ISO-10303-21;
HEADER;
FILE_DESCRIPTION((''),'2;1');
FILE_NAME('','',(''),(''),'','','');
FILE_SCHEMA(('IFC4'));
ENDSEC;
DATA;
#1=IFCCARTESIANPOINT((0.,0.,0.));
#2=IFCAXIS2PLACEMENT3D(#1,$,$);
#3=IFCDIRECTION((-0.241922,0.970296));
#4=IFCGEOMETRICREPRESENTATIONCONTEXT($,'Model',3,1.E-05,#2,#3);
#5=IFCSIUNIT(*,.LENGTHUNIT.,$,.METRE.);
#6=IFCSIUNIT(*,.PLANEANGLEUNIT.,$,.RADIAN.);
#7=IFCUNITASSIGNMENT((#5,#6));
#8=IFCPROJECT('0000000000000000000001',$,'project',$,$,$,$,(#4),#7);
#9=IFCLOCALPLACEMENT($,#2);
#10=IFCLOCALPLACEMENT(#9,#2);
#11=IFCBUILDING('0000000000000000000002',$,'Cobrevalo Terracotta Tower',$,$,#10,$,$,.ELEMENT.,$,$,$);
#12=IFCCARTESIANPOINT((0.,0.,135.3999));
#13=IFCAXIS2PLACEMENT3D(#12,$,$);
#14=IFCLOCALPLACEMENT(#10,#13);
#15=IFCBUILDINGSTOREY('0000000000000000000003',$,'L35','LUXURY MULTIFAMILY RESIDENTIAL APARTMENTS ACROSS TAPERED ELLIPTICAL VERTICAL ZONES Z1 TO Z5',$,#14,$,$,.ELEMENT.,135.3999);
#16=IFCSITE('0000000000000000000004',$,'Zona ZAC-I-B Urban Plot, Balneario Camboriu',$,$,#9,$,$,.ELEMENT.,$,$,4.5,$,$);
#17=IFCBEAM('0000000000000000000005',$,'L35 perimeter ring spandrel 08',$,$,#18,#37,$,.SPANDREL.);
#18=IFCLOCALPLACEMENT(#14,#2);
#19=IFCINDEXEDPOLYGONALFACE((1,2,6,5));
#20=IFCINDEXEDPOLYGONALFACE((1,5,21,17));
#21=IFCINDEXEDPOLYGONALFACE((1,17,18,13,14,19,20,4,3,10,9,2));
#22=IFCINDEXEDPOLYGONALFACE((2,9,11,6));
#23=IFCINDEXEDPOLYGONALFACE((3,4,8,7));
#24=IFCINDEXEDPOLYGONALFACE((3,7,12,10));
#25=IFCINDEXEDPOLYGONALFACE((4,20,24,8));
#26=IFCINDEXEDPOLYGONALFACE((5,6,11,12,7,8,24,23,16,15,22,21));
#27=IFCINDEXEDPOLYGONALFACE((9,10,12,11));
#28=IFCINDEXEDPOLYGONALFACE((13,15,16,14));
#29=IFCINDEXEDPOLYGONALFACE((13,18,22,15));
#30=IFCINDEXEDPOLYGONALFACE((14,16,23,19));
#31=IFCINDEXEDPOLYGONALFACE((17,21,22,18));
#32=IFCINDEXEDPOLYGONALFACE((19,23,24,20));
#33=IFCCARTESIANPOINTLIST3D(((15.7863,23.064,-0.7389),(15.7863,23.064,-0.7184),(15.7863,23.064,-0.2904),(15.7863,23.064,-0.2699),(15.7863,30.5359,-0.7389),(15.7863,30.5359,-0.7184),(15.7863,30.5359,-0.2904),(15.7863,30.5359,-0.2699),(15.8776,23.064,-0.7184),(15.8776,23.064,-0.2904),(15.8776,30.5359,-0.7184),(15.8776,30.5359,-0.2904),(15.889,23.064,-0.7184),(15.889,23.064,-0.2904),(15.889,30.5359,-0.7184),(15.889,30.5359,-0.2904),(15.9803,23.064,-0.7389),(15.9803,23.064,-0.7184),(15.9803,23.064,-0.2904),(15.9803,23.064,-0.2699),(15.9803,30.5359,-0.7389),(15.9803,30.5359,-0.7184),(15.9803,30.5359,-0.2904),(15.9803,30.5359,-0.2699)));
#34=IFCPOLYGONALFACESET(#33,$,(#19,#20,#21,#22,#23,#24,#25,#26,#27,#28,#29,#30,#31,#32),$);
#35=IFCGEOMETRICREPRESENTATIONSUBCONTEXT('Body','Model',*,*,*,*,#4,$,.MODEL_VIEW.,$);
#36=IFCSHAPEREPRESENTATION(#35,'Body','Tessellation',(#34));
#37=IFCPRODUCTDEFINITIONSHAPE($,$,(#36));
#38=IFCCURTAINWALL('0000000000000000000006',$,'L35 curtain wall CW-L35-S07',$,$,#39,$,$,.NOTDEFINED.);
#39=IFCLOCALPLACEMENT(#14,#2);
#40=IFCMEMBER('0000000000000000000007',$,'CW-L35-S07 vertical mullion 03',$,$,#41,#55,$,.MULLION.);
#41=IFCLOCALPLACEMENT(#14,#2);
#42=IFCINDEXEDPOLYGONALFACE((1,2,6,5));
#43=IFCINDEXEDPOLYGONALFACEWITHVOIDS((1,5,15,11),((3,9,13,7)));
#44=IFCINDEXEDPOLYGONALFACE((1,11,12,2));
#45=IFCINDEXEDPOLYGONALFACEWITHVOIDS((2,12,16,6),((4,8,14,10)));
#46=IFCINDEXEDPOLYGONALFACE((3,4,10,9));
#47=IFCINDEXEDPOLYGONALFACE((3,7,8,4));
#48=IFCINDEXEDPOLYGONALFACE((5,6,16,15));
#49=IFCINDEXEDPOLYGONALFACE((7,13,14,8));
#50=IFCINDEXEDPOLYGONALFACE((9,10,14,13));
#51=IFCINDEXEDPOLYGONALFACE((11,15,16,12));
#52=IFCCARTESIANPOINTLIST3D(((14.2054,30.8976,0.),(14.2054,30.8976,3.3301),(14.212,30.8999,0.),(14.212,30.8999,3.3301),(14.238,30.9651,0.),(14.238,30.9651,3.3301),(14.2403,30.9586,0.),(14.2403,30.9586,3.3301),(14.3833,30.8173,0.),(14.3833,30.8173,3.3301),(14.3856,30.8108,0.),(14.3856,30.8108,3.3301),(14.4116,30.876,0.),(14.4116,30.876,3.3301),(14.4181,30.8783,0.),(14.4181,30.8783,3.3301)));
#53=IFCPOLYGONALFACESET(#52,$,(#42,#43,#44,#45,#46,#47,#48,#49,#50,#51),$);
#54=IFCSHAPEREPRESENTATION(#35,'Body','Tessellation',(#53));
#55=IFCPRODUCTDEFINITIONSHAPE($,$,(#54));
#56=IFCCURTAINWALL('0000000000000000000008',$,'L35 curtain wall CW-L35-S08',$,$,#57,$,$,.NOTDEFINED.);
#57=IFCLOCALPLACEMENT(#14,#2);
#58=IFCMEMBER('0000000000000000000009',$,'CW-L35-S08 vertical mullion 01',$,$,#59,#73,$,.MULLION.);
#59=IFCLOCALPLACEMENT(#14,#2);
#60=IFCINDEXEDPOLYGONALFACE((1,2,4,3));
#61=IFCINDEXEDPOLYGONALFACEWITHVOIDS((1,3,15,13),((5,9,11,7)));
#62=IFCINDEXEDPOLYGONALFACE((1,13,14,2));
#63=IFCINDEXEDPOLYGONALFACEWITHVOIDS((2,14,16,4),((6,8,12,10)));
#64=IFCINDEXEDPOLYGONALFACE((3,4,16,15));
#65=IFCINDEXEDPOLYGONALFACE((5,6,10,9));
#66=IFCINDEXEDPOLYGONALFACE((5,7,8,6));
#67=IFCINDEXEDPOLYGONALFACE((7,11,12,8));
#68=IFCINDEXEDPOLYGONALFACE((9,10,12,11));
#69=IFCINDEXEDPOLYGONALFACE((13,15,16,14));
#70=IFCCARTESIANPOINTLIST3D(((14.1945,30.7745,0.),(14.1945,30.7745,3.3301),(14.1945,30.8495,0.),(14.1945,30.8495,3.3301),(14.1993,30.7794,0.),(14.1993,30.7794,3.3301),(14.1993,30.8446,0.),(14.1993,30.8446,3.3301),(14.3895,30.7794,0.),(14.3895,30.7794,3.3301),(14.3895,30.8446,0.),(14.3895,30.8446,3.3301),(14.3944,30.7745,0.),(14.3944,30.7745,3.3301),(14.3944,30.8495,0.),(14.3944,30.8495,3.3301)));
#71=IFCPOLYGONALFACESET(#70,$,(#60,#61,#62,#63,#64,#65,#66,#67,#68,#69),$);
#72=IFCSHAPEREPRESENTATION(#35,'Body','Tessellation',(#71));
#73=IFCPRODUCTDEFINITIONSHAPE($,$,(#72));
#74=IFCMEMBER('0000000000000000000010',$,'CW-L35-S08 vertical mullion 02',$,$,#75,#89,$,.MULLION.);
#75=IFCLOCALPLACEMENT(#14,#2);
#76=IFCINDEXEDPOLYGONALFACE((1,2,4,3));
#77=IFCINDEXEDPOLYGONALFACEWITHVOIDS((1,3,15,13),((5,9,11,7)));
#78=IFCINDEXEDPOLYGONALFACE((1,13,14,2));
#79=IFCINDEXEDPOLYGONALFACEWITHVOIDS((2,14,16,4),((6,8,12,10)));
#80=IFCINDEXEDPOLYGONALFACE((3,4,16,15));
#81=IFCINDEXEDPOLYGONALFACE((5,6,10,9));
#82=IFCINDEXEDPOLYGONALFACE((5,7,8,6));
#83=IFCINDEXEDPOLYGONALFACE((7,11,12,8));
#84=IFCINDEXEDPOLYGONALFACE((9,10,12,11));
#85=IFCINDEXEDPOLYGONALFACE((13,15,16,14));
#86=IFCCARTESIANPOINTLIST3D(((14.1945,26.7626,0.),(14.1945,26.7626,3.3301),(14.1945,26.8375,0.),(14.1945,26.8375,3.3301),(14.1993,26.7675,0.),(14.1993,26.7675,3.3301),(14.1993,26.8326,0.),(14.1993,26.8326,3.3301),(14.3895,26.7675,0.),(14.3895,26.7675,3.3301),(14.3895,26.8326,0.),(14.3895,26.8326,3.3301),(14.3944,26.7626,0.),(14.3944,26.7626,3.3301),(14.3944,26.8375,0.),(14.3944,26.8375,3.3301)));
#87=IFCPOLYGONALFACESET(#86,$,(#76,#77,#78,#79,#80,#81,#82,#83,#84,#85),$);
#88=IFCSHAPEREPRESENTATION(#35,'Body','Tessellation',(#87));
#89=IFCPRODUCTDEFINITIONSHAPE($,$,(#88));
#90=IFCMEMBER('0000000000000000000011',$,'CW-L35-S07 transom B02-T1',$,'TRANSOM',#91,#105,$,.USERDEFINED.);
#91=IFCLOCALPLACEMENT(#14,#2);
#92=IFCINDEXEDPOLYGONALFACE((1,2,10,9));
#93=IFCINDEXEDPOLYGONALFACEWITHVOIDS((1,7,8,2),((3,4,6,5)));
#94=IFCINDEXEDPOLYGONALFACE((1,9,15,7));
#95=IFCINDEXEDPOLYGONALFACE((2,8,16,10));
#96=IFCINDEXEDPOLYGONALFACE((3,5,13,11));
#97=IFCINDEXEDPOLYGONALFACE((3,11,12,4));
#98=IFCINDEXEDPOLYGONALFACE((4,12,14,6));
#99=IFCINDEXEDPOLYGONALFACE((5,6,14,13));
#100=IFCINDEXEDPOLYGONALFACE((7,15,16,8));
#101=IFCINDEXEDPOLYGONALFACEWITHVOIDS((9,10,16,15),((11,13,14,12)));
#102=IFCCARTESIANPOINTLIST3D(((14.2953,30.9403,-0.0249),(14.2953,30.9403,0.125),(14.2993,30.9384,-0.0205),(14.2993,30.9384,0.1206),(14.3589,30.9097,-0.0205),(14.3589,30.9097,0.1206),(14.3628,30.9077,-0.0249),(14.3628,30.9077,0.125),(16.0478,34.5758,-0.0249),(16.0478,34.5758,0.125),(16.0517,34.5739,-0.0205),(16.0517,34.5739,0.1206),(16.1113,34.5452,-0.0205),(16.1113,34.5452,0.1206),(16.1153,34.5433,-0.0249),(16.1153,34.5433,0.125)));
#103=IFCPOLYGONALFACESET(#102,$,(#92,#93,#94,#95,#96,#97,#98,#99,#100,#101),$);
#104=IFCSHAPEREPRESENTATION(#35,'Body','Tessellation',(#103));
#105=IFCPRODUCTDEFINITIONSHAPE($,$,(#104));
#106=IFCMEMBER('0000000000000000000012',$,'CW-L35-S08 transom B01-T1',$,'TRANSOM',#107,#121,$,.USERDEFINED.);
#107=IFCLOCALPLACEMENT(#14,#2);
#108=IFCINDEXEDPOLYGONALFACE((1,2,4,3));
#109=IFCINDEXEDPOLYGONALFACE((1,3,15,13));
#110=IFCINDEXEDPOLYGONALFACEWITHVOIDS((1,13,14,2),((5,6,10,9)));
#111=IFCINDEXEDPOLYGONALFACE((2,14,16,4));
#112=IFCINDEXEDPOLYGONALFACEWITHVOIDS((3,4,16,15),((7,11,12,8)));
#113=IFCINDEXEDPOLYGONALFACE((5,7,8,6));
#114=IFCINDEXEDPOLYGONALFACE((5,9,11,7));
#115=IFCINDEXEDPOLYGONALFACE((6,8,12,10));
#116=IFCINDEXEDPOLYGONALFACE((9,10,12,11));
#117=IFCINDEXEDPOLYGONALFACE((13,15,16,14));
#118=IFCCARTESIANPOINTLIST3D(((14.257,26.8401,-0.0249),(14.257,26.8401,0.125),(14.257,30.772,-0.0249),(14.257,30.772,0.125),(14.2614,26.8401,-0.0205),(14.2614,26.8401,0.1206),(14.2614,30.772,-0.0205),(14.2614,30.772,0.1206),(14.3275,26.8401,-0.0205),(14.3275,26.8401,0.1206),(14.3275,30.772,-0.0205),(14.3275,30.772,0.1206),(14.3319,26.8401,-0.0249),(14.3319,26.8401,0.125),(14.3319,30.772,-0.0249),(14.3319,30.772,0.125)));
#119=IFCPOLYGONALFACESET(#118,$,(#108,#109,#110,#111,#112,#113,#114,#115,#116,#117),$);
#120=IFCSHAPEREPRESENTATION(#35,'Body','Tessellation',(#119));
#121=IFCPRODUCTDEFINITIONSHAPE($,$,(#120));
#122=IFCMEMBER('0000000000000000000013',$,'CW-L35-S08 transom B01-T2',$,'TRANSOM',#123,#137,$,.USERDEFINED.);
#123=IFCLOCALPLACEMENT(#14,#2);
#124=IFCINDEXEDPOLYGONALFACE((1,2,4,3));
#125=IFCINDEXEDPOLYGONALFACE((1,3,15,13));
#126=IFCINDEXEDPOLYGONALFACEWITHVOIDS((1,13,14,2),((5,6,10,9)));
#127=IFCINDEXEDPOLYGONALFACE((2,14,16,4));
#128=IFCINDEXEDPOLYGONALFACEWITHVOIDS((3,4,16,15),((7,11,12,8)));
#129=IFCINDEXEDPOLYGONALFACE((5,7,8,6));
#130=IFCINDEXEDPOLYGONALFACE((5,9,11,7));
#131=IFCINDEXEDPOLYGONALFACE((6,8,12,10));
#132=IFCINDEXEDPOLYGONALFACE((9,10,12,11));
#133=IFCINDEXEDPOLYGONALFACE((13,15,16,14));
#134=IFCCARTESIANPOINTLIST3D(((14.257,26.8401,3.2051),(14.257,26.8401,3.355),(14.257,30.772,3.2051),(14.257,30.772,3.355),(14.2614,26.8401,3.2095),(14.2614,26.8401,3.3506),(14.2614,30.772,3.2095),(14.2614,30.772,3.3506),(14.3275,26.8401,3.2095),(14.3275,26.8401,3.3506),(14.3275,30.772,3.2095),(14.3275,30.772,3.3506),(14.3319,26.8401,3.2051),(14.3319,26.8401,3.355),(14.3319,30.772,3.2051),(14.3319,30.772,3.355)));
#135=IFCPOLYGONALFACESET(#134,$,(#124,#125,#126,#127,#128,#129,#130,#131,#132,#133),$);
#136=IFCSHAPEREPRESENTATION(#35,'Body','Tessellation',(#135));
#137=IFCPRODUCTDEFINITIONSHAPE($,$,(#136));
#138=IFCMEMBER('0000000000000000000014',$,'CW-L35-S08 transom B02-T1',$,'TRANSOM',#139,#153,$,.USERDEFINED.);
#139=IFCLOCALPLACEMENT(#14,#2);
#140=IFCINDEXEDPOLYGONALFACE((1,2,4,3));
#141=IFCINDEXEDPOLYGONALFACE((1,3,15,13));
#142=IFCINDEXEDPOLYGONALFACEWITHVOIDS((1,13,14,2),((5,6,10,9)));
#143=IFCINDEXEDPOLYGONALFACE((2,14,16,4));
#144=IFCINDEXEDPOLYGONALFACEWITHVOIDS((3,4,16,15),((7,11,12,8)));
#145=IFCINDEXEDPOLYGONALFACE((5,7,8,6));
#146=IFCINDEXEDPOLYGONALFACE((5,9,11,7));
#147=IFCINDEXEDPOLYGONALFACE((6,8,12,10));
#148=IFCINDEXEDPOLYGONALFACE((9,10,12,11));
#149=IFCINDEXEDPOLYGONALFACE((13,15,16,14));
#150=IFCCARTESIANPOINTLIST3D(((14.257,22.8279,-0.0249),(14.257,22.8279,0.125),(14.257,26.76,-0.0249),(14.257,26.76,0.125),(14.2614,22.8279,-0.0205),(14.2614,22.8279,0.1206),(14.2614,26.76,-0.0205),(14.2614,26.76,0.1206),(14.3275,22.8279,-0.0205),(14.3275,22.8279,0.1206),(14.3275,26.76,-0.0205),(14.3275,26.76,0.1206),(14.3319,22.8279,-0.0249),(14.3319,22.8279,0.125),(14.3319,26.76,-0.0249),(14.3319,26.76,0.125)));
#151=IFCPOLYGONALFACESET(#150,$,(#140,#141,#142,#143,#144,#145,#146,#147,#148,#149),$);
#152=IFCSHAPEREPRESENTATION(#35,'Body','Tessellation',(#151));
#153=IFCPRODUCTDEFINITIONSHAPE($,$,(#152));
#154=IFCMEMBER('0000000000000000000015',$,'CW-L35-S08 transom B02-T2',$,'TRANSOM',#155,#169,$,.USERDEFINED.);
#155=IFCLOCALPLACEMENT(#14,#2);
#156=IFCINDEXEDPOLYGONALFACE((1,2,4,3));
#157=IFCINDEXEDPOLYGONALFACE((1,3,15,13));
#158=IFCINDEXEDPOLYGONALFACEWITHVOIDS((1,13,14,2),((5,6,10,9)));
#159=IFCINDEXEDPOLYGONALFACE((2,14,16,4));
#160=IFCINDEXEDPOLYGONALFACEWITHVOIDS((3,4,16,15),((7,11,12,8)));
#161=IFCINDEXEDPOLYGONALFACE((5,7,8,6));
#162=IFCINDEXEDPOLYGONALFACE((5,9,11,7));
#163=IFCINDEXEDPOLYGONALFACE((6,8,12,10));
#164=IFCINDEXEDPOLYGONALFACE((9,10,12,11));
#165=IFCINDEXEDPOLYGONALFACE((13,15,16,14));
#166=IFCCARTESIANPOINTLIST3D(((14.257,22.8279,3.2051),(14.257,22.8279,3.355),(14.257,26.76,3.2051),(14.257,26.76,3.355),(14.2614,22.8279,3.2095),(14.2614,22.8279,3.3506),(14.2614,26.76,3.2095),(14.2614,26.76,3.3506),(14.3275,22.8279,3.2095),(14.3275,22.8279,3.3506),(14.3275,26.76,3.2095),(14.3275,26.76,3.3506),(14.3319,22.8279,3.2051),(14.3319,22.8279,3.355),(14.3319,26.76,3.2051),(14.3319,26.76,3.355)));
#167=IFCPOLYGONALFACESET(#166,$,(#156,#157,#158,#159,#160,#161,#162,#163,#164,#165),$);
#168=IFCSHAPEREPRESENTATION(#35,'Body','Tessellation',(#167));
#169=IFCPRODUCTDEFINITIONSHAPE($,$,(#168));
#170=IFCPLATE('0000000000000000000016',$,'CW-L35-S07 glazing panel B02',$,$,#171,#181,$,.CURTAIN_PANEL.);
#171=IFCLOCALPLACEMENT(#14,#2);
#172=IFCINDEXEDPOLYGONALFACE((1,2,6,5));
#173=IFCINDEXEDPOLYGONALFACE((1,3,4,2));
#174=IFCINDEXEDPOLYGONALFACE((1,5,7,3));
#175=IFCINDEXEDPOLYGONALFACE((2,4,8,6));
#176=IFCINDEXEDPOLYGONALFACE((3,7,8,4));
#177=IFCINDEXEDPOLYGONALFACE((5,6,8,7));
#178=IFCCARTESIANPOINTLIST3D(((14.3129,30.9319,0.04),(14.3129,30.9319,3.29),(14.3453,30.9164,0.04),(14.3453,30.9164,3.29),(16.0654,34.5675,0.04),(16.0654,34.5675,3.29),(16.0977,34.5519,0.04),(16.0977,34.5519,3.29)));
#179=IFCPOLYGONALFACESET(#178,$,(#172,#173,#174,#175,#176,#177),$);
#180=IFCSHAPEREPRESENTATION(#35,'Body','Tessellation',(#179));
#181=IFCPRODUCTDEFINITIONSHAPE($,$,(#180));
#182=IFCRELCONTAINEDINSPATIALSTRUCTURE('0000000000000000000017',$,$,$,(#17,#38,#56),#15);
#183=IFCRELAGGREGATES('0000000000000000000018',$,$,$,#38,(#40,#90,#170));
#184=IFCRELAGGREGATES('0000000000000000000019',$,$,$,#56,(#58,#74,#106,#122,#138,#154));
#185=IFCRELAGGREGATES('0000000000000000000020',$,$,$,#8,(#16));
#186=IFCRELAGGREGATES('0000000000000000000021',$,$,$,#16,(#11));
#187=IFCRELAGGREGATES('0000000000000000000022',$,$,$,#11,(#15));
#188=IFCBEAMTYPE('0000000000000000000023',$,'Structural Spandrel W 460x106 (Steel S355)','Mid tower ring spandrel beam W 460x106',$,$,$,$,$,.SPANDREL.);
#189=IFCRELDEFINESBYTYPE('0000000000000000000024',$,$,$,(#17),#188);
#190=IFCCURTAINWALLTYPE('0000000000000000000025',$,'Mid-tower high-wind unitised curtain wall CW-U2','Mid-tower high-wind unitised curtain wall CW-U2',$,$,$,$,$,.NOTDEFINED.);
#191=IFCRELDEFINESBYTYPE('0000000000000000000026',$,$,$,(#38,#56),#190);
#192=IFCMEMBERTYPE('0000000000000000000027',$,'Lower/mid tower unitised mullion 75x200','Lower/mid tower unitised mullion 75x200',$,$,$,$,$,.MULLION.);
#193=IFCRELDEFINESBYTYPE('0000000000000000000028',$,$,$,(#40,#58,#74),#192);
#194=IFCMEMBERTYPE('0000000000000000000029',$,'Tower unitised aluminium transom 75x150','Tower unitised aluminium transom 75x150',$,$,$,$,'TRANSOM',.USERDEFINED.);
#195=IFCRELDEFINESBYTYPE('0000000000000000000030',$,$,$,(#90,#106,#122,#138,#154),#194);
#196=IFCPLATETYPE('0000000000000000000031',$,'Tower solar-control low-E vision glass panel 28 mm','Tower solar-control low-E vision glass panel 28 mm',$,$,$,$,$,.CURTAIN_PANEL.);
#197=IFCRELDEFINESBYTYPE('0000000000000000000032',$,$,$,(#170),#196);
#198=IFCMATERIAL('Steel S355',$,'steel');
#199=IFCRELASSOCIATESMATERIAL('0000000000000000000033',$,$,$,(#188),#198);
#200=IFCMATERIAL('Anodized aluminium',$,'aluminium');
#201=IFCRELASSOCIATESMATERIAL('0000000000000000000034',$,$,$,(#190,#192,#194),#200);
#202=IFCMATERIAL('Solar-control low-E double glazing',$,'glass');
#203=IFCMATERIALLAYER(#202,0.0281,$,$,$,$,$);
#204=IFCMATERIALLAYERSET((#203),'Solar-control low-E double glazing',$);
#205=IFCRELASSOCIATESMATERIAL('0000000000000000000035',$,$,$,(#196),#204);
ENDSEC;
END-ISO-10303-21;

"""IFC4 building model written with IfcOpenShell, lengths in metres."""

from ifc_helpers import new_model, si_unit, direction, frame, origin, origin_2d, place, context, subcontext, project, spatial, rectangle, hollow_rectangle, i_section, extrude, source, transform, mapped, material, layer, layer_set, material_profile, profile_set, type_object, element, aggregate, save


model = new_model("IFC4")

# Units and contexts
model_context = context("Model", 3, precision=1e-05, world=origin(), true_north=direction((-0.241922, 0.970296)))
body_context = subcontext(model_context, "Body", "Model", "MODEL_VIEW")
ifc_project = project(units=[si_unit("LENGTHUNIT", "METRE"), si_unit("PLANEANGLEUNIT", "RADIAN")], contexts=[model_context])

# Site, building, storey
site_placement = place(None, origin())
site = spatial("IfcSite", under=ifc_project, at=site_placement, Name="Zona ZAC-I-B Urban Plot, Balneario Camboriu", CompositionType="ELEMENT", RefElevation=4.5)
building_placement = place(site_placement, origin())
building = spatial("IfcBuilding", under=site, at=building_placement, Name="Cobrevalo Terracotta Tower", CompositionType="ELEMENT")
storey_placement = place(building_placement, frame((0.0, 0.0, 135.3999)))
storey = spatial("IfcBuildingStorey", under=building, at=storey_placement, Name="L35", Description="LUXURY MULTIFAMILY RESIDENTIAL APARTMENTS ACROSS TAPERED ELLIPTICAL VERTICAL ZONES Z1 TO Z5", CompositionType="ELEMENT", Elevation=135.3999)

# Shared definitions
ifc_material_1 = material(Name="Steel S355", Category="steel")

# Beam
ifc_material_profile_1 = material_profile(ifc_material_1, i_section(OverallWidth=0.1941, OverallDepth=0.469, WebThickness=0.0115, FlangeThickness=0.0205, at=origin_2d()), Name="W 460x106")
ifc_profile_set_1 = profile_set([ifc_material_profile_1], Name="Steel S355")
beam_type_1 = type_object("IfcBeamType", Name="Structural Spandrel W 460x106 (Steel S355)", Description="Mid tower ring spandrel beam W 460x106", PredefinedType="SPANDREL", material=ifc_profile_set_1)
beam_1_placement = place(storey_placement, frame((15.8833, 30.5359, -0.5044), z_axis=(0.0, -1.0, 0.0), x_axis=(1.0, 0.0, 0.0)))
element("IfcBeam", 1, at=beam_1_placement, inside=storey, type_object=beam_type_1, Name="L35 perimeter ring spandrel 08", PredefinedType="SPANDREL", context=body_context, shape_type="SweptSolid", body=[
    extrude(i_section(OverallWidth=0.1941, OverallDepth=0.469, WebThickness=0.0115, FlangeThickness=0.0205, at=origin_2d()), origin(), (0.0, 0.0, 1.0), 7.4719),
])

# Curtain wall, member
ifc_material_2 = material(Name="Anodized aluminium", Category="aluminium")
curtain_wall_type = type_object("IfcCurtainWallType", Name="Mid-tower high-wind unitised curtain wall CW-U2", Description="Mid-tower high-wind unitised curtain wall CW-U2", PredefinedType="NOTDEFINED", material=ifc_material_2)
curtain_wall_1_placement = place(storey_placement, origin())
curtain_wall_1 = element("IfcCurtainWall", 2, at=curtain_wall_1_placement, inside=storey, type_object=curtain_wall_type, Name="L35 curtain wall CW-L35-S07", PredefinedType="NOTDEFINED")
ifc_material_profile_2 = material_profile(ifc_material_2, hollow_rectangle(XDim=0.075, YDim=0.2, WallThickness=0.0049, at=origin_2d()), Name="CWM 75x200")
ifc_profile_set_2 = profile_set([ifc_material_profile_2], Name="Anodized aluminium")
member_type_1 = type_object("IfcMemberType", Name="Lower/mid tower unitised mullion 75x200", Description="Lower/mid tower unitised mullion 75x200", PredefinedType="MULLION", material=ifc_profile_set_2)
shared_shape_1 = source(origin(), body_context, "Body", "SweptSolid", [
    extrude(hollow_rectangle(XDim=0.075, YDim=0.2, WallThickness=0.0049, at=origin_2d()), origin(), (0.0, 0.0, 1.0), 3.3301),
])
member_1_placement = place(storey_placement, frame((14.3118, 30.8879, 0.0), z_axis=(0.0, 0.0, 1.0), x_axis=(-0.434209, -0.900812, 0.0)))
member_1 = element("IfcMember", 3, at=member_1_placement, type_object=member_type_1, Name="CW-L35-S07 vertical mullion 03", PredefinedType="MULLION", context=body_context, shape_type="MappedRepresentation", body=[
    mapped(shared_shape_1, transform((0.0, 0.0, 0.0), scale=1.0)),
])

# Curtain wall, members
curtain_wall_2_placement = place(storey_placement, origin())
curtain_wall_2 = element("IfcCurtainWall", 4, at=curtain_wall_2_placement, inside=storey, type_object=curtain_wall_type, Name="L35 curtain wall CW-L35-S08", PredefinedType="NOTDEFINED")
member_2_placement = place(storey_placement, frame((14.2944, 30.812, 0.0), z_axis=(0.0, 0.0, 1.0), x_axis=(0.0, -1.0, 0.0)))
member_2 = element("IfcMember", 5, at=member_2_placement, type_object=member_type_1, Name="CW-L35-S08 vertical mullion 01", PredefinedType="MULLION", context=body_context, shape_type="MappedRepresentation", body=[
    mapped(shared_shape_1, transform((0.0, 0.0, 0.0), scale=1.0)),
])
member_3_placement = place(storey_placement, frame((14.2944, 26.8, 0.0), z_axis=(0.0, 0.0, 1.0), x_axis=(0.0, -1.0, 0.0)))
member_3 = element("IfcMember", 6, at=member_3_placement, type_object=member_type_1, Name="CW-L35-S08 vertical mullion 02", PredefinedType="MULLION", context=body_context, shape_type="MappedRepresentation", body=[
    mapped(shared_shape_1, transform((0.0, 0.0, 0.0), scale=1.0)),
])

# Members
ifc_material_profile_3 = material_profile(ifc_material_2, hollow_rectangle(XDim=0.075, YDim=0.1499, WallThickness=0.0044, at=origin_2d()), Name="CWT 75x150")
ifc_profile_set_3 = profile_set([ifc_material_profile_3], Name="Anodized aluminium")
member_type_2 = type_object("IfcMemberType", Name="Tower unitised aluminium transom 75x150", Description="Tower unitised aluminium transom 75x150", ElementType="TRANSOM", PredefinedType="USERDEFINED", material=ifc_profile_set_3)
shared_shape_2 = source(origin(), body_context, "Body", "SweptSolid", [
    extrude(hollow_rectangle(XDim=0.075, YDim=0.1499, WallThickness=0.0044, at=origin_2d()), origin(), (0.0, 0.0, 1.0), 4.0359),
])
member_4_placement = place(storey_placement, frame((16.0815, 34.5596, 0.05), z_axis=(-0.434221, -0.900806, 0.0), x_axis=(0.900806, -0.434221, 0.0)))
member_4 = element("IfcMember", 7, at=member_4_placement, type_object=member_type_2, Name="CW-L35-S07 transom B02-T1", ObjectType="TRANSOM", PredefinedType="USERDEFINED", context=body_context, shape_type="MappedRepresentation", body=[
    mapped(shared_shape_2, transform((0.0, 0.0, 0.0), scale=1.0)),
])
shared_shape_3 = source(origin(), body_context, "Body", "SweptSolid", [
    extrude(hollow_rectangle(XDim=0.075, YDim=0.1499, WallThickness=0.0044, at=origin_2d()), origin(), (0.0, 0.0, 1.0), 3.9319),
])
member_5_placement = place(storey_placement, frame((14.2944, 30.772, 0.05), z_axis=(0.0, -1.0, 0.0), x_axis=(1.0, 0.0, 0.0)))
member_5 = element("IfcMember", 8, at=member_5_placement, type_object=member_type_2, Name="CW-L35-S08 transom B01-T1", ObjectType="TRANSOM", PredefinedType="USERDEFINED", context=body_context, shape_type="MappedRepresentation", body=[
    mapped(shared_shape_3, transform((0.0, 0.0, 0.0), scale=1.0)),
])
member_6_placement = place(storey_placement, frame((14.2944, 30.772, 3.28), z_axis=(0.0, -1.0, 0.0), x_axis=(1.0, 0.0, 0.0)))
member_6 = element("IfcMember", 9, at=member_6_placement, type_object=member_type_2, Name="CW-L35-S08 transom B01-T2", ObjectType="TRANSOM", PredefinedType="USERDEFINED", context=body_context, shape_type="MappedRepresentation", body=[
    mapped(shared_shape_3, transform((0.0, 0.0, 0.0), scale=1.0)),
])
shared_shape_4 = source(origin(), body_context, "Body", "SweptSolid", [
    extrude(hollow_rectangle(XDim=0.075, YDim=0.1499, WallThickness=0.0044, at=origin_2d()), origin(), (0.0, 0.0, 1.0), 3.9321),
])
member_7_placement = place(storey_placement, frame((14.2944, 26.76, 0.05), z_axis=(0.0, -1.0, 0.0), x_axis=(1.0, 0.0, 0.0)))
member_7 = element("IfcMember", 10, at=member_7_placement, type_object=member_type_2, Name="CW-L35-S08 transom B02-T1", ObjectType="TRANSOM", PredefinedType="USERDEFINED", context=body_context, shape_type="MappedRepresentation", body=[
    mapped(shared_shape_4, transform((0.0, 0.0, 0.0), scale=1.0)),
])
member_8_placement = place(storey_placement, frame((14.2944, 26.76, 3.28), z_axis=(0.0, -1.0, 0.0), x_axis=(1.0, 0.0, 0.0)))
member_8 = element("IfcMember", 11, at=member_8_placement, type_object=member_type_2, Name="CW-L35-S08 transom B02-T2", ObjectType="TRANSOM", PredefinedType="USERDEFINED", context=body_context, shape_type="MappedRepresentation", body=[
    mapped(shared_shape_4, transform((0.0, 0.0, 0.0), scale=1.0)),
])

# Plate
ifc_material_3 = material(Name="Solar-control low-E double glazing", Category="glass")
ifc_layer_1 = layer(ifc_material_3, 0.0281)
ifc_layer_set_1 = layer_set([ifc_layer_1], Name="Solar-control low-E double glazing")
plate_type = type_object("IfcPlateType", Name="Tower solar-control low-E vision glass panel 28 mm", Description="Tower solar-control low-E vision glass panel 28 mm", PredefinedType="CURTAIN_PANEL", material=ifc_layer_set_1)
shared_shape_5 = source(origin(), body_context, "Body", "SweptSolid", [
    extrude(rectangle(XDim=4.0359, YDim=0.0359, at=origin_2d()), origin(), (0.0, 0.0, 1.0), 3.25),
])
plate_1_placement = place(storey_placement, frame((15.2053, 32.7419, 0.04), z_axis=(0.0, 0.0, 1.0), x_axis=(-0.434209, -0.900812, 0.0)))
plate_1 = element("IfcPlate", 12, at=plate_1_placement, type_object=plate_type, Name="CW-L35-S07 glazing panel B02", PredefinedType="CURTAIN_PANEL", context=body_context, shape_type="MappedRepresentation", body=[
    mapped(shared_shape_5, transform((0.0, 0.0, 0.0), scale=1.0)),
])
aggregate(curtain_wall_1, [member_1, member_4, plate_1])
aggregate(curtain_wall_2, [member_2, member_3, member_5, member_6, member_7, member_8])

save(model, "model.ifc")
